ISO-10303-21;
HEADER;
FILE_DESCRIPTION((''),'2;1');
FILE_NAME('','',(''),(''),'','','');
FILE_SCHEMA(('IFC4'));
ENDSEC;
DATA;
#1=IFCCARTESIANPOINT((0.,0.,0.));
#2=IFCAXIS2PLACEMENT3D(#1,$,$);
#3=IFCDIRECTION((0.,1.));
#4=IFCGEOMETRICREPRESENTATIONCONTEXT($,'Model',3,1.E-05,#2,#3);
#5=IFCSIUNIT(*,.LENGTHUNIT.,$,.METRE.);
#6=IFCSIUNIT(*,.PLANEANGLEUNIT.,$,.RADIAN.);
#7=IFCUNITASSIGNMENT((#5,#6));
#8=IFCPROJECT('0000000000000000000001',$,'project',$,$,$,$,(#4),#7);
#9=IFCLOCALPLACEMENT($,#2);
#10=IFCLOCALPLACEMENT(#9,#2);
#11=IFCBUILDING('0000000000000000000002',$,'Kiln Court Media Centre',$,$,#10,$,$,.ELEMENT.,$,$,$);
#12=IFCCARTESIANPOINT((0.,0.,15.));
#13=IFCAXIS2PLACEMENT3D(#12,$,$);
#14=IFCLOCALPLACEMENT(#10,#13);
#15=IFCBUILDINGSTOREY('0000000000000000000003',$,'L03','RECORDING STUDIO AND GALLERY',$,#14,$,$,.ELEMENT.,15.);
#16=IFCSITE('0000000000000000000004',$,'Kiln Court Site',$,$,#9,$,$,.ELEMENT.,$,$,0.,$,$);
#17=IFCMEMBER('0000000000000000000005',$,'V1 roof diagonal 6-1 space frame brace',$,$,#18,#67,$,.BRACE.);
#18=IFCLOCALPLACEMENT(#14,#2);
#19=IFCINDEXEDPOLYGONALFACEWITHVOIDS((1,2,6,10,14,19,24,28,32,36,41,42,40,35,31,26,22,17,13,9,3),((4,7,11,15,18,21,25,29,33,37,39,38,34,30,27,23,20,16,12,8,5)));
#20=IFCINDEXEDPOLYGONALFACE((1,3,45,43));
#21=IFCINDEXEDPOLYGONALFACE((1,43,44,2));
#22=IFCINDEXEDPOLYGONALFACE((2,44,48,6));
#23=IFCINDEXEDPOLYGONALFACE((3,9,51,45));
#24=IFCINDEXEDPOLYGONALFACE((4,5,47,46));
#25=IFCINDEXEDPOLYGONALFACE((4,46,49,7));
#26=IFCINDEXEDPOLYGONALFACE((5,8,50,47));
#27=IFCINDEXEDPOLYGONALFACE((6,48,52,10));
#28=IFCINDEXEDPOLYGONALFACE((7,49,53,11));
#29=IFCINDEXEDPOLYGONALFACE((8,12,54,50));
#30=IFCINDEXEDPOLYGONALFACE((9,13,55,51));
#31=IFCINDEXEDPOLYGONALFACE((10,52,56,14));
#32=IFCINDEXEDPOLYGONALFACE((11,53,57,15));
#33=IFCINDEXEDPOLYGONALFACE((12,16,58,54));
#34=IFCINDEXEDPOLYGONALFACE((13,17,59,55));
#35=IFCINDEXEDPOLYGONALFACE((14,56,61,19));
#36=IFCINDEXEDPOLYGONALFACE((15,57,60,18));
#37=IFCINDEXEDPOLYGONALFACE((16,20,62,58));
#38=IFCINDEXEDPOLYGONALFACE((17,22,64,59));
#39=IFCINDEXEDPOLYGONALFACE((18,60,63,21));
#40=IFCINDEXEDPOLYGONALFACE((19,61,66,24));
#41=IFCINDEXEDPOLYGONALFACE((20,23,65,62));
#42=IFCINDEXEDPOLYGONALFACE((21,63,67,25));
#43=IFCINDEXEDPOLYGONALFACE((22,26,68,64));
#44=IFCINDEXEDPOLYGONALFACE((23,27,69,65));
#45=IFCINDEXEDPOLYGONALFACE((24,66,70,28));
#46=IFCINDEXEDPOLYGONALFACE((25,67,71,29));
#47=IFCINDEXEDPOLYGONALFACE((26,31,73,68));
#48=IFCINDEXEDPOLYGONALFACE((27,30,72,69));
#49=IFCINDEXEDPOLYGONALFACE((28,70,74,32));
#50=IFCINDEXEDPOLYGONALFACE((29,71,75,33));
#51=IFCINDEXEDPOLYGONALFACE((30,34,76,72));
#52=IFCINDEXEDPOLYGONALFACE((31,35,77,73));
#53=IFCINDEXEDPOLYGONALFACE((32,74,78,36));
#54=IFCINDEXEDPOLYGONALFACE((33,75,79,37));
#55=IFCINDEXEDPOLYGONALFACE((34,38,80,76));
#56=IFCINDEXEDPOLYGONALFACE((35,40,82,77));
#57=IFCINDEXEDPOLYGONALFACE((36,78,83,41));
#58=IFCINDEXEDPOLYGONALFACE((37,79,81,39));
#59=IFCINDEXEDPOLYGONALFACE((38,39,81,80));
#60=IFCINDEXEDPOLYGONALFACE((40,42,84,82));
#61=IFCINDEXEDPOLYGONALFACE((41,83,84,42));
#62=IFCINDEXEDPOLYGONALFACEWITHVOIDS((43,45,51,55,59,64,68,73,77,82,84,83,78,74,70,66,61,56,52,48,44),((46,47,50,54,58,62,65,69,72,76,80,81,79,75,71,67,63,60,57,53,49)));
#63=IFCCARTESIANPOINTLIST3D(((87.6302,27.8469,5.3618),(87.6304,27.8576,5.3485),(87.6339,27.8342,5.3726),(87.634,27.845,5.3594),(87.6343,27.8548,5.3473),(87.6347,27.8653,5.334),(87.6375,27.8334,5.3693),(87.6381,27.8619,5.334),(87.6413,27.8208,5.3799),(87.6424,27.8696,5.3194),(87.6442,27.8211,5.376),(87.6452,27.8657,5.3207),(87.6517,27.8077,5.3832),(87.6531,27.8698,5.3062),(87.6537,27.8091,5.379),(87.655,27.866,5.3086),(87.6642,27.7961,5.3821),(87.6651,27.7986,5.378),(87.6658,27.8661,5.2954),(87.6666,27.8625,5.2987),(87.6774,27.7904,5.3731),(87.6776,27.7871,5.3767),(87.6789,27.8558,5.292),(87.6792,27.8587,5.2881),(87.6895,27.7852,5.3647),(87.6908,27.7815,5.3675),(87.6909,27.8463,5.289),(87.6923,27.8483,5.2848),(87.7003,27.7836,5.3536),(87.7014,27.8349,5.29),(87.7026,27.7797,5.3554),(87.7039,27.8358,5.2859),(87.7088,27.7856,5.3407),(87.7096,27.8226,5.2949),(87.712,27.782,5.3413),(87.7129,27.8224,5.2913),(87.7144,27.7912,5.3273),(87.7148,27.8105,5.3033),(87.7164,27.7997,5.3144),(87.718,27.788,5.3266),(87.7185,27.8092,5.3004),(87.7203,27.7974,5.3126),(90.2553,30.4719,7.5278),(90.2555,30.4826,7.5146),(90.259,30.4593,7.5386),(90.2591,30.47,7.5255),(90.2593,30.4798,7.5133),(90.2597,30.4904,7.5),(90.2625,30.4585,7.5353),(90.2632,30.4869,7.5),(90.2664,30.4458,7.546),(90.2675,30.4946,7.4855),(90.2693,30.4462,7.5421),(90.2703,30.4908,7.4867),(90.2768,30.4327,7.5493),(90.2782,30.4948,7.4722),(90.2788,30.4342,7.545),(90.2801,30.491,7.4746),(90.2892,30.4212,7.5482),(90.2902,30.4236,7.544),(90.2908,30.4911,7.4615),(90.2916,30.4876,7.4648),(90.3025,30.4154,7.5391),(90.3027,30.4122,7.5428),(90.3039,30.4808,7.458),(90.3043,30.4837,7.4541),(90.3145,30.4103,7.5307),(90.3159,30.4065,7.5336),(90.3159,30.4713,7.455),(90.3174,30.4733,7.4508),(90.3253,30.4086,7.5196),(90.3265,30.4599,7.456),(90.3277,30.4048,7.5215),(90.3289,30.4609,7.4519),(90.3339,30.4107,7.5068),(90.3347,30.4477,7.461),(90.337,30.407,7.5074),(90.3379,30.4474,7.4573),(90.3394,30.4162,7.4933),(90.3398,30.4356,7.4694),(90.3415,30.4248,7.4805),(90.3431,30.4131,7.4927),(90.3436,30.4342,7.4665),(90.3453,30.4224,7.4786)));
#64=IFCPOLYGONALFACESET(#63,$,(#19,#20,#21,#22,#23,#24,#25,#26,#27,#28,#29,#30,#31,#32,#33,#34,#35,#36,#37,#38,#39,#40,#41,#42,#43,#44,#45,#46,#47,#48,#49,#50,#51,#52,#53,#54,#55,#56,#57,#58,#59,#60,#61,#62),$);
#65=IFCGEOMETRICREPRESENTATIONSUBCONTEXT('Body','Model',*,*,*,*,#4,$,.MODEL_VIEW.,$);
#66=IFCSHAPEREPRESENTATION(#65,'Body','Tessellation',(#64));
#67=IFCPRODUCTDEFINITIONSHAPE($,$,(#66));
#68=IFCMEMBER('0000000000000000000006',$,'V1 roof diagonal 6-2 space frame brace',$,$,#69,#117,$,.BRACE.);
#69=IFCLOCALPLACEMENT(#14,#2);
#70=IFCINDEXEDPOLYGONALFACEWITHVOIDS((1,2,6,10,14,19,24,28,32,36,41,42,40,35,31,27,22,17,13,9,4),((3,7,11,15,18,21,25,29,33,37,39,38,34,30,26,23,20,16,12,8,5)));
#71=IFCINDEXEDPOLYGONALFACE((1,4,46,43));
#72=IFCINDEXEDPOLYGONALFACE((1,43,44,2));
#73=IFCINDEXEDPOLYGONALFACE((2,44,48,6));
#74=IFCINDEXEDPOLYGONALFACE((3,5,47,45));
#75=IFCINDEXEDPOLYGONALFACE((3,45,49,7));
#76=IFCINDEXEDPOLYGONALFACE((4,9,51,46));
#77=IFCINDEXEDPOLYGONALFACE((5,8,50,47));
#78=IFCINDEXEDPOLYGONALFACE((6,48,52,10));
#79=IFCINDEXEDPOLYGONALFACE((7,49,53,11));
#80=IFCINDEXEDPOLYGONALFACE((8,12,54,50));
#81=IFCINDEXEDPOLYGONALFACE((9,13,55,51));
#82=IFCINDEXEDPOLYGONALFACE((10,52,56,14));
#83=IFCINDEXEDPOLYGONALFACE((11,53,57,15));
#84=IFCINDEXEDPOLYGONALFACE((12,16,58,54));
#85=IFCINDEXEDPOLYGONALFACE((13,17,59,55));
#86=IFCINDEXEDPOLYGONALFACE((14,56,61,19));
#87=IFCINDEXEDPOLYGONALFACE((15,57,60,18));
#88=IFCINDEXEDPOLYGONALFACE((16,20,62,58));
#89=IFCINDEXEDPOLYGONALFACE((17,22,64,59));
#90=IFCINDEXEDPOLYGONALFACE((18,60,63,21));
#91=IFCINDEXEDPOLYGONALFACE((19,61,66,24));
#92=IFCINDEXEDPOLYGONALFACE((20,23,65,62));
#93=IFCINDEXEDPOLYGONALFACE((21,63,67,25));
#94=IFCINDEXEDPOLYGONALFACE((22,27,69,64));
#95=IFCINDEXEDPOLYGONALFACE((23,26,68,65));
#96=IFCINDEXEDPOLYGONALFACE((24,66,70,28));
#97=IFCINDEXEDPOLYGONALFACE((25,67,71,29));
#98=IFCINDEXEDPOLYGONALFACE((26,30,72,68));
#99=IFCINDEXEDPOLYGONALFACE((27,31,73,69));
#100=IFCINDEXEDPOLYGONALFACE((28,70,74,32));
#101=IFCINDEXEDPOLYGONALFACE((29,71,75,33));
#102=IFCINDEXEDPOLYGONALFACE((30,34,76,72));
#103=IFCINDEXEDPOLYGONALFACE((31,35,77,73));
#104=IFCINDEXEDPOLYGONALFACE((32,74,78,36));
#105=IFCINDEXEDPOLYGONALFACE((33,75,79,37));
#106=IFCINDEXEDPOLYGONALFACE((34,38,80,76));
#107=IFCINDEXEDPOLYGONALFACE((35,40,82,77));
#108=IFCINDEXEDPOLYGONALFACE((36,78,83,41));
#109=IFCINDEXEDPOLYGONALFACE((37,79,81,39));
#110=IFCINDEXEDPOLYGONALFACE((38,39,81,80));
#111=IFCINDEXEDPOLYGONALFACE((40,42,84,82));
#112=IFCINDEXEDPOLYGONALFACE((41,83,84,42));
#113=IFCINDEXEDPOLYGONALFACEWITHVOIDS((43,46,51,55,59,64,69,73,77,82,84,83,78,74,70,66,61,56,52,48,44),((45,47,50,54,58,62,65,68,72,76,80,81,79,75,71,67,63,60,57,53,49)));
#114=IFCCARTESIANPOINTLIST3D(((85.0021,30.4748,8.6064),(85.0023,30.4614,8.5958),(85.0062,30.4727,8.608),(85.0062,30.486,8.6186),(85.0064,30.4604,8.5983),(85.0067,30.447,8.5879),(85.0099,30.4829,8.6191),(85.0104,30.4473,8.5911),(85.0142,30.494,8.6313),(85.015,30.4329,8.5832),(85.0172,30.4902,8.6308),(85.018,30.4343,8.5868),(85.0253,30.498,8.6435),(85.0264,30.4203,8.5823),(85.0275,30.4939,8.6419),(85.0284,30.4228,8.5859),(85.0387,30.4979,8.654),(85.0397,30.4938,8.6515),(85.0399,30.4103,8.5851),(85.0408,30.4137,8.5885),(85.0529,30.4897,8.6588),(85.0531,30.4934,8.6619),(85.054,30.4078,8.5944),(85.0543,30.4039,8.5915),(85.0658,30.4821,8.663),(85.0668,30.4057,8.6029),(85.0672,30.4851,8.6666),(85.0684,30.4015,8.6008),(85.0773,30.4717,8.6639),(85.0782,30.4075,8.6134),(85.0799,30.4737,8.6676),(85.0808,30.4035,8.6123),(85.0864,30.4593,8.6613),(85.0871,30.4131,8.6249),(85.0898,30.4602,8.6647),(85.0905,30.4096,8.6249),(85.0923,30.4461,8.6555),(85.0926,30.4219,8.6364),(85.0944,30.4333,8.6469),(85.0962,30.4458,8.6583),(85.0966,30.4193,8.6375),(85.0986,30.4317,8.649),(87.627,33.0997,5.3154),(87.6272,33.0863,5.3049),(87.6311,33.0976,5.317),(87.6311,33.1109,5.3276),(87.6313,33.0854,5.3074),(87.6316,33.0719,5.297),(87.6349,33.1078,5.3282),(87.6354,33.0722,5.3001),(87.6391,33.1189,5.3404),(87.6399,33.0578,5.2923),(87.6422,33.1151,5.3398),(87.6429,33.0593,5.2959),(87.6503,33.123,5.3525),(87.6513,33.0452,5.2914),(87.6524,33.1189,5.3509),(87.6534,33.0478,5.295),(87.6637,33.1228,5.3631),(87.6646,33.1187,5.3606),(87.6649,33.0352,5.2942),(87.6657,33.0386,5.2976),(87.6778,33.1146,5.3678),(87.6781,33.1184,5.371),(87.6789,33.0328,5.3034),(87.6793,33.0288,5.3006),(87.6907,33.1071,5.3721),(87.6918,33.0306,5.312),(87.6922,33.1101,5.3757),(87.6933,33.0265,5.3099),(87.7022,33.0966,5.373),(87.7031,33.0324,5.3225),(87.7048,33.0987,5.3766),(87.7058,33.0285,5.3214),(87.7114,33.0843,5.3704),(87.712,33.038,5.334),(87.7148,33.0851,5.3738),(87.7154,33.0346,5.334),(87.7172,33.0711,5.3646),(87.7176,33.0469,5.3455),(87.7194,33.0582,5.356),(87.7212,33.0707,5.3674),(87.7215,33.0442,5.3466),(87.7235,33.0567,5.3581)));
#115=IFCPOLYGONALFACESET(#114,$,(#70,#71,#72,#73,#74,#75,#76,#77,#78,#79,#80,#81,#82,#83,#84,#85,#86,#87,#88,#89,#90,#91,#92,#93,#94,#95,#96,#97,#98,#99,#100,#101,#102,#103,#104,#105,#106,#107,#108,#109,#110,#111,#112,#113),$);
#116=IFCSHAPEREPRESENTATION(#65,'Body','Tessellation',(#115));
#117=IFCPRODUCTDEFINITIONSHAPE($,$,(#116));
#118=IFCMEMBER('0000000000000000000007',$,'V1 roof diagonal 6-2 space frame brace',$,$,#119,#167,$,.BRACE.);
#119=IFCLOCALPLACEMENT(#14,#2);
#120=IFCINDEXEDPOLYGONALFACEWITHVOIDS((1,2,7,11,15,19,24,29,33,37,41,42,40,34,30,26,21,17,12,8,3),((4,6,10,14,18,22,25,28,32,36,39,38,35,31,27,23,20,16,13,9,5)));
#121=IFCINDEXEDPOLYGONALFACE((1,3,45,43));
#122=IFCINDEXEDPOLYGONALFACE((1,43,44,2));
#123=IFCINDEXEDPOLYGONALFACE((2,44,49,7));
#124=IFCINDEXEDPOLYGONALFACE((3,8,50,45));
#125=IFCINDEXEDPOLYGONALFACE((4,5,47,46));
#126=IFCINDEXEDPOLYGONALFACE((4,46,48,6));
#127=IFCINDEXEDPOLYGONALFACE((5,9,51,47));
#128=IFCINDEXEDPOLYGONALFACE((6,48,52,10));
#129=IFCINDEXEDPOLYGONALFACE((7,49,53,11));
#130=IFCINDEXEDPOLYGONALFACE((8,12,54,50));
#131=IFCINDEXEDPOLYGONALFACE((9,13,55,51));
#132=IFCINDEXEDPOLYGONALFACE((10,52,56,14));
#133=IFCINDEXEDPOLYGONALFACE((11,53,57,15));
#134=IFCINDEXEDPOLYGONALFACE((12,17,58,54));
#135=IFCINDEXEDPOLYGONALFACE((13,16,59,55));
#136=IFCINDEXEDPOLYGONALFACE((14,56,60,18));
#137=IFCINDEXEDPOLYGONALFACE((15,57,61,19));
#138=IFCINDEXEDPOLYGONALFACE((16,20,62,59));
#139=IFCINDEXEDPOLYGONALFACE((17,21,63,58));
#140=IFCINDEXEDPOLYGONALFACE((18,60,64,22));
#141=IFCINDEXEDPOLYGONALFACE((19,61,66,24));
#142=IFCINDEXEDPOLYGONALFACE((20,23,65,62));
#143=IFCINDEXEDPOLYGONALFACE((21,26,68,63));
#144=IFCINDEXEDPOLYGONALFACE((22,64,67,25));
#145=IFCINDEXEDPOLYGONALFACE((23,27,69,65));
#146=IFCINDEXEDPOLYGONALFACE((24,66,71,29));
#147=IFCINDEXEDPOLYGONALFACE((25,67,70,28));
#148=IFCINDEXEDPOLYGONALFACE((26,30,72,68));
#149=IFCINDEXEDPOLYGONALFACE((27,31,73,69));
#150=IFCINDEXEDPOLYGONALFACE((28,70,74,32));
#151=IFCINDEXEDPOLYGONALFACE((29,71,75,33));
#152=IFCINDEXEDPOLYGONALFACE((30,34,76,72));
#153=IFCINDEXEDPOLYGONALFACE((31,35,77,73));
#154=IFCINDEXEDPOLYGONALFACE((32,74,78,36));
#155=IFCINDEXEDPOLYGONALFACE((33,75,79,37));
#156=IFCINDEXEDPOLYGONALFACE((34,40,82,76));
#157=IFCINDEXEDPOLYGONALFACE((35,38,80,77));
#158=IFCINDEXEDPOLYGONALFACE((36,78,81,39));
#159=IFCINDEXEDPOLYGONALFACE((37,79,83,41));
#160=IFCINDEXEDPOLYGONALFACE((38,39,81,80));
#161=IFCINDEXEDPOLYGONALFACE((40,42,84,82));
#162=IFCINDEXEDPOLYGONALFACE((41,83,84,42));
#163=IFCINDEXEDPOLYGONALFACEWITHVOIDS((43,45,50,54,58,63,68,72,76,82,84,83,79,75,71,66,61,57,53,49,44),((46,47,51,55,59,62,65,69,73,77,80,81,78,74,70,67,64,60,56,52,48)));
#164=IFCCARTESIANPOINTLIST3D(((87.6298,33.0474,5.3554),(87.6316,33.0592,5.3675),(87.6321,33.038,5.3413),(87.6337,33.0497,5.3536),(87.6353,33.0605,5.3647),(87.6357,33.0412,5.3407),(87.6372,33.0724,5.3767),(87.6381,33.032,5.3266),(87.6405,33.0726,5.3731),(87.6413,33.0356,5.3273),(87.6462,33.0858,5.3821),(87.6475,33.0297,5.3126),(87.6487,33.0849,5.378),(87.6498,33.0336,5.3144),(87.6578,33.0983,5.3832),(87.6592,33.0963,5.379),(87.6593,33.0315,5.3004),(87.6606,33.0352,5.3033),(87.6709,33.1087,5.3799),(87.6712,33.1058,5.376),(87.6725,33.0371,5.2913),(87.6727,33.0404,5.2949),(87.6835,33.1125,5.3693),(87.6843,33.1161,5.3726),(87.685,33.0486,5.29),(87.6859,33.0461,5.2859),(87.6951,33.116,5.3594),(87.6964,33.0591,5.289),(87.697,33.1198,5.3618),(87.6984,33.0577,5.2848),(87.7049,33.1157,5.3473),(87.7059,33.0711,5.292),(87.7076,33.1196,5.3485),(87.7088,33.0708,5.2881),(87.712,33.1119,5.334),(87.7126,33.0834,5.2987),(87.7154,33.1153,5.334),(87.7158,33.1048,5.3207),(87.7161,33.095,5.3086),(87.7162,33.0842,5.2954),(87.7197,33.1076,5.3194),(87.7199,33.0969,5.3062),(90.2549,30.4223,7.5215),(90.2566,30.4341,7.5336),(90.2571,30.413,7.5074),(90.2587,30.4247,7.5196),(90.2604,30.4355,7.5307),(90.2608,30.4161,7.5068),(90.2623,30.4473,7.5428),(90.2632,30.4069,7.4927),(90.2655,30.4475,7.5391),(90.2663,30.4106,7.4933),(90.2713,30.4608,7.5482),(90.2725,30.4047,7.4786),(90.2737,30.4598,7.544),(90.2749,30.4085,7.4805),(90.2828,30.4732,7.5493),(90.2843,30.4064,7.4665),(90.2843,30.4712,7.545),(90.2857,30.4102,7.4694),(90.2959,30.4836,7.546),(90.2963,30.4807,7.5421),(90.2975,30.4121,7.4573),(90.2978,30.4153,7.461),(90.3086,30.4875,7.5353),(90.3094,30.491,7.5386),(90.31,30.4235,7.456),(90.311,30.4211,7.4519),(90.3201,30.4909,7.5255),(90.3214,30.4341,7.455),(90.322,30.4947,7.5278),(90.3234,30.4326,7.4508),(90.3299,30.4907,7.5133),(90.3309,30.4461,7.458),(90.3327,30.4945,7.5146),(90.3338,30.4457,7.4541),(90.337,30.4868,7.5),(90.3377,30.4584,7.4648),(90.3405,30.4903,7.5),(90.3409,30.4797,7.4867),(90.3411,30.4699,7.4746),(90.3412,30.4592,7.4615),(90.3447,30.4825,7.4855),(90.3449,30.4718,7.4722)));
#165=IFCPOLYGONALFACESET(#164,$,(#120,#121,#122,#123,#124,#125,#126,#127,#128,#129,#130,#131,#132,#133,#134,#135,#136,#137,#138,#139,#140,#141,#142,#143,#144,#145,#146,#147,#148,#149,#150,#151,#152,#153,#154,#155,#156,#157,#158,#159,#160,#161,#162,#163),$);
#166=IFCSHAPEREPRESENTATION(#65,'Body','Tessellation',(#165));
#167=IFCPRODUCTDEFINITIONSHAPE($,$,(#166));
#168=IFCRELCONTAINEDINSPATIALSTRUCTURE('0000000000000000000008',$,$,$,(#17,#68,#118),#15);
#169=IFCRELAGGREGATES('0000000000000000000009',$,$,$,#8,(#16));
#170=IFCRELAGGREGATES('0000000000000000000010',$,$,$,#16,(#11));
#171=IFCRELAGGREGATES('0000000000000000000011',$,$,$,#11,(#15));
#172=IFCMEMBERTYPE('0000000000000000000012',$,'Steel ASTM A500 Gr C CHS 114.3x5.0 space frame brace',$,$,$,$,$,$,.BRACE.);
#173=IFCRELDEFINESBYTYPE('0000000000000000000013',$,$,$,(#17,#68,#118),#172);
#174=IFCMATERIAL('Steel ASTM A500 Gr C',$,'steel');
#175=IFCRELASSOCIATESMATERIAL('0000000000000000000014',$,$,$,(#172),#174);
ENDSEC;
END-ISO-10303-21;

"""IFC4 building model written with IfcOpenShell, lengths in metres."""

from ifc_helpers import new_model, si_unit, direction, frame, origin, origin_2d, place, context, subcontext, project, spatial, hollow_circle, extrude, material, material_profile, profile_set, type_object, element, save


model = new_model("IFC4")

# Units and contexts
model_context = context("Model", 3, precision=1e-05, world=origin(), true_north=direction((0.0, 1.0)))
body_context = subcontext(model_context, "Body", "Model", "MODEL_VIEW")
ifc_project = project(units=[si_unit("LENGTHUNIT", "METRE"), si_unit("PLANEANGLEUNIT", "RADIAN")], contexts=[model_context])

# Site, building, storey
site_placement = place(None, origin())
site = spatial("IfcSite", under=ifc_project, at=site_placement, Name="Kiln Court Site", CompositionType="ELEMENT", RefElevation=0.0)
building_placement = place(site_placement, origin())
building = spatial("IfcBuilding", under=site, at=building_placement, Name="Kiln Court Media Centre", CompositionType="ELEMENT")
storey_placement = place(building_placement, frame((0.0, 0.0, 15.0)))
storey = spatial("IfcBuildingStorey", under=building, at=storey_placement, Name="L03", Description="RECORDING STUDIO AND GALLERY", CompositionType="ELEMENT", Elevation=15.0)

# Members
ifc_material_1 = material(Name="Steel ASTM A500 Gr C", Category="steel")
ifc_material_profile_1 = material_profile(ifc_material_1, hollow_circle(Radius=0.0571, WallThickness=0.0049, at=origin_2d()), Name="CHS 114.3x5.0")
ifc_profile_set_1 = profile_set([ifc_material_profile_1], Name="Steel ASTM A500 Gr C")
member_type_1 = type_object("IfcMemberType", Name="Steel ASTM A500 Gr C CHS 114.3x5.0 space frame brace", PredefinedType="BRACE", material=ifc_profile_set_1)
member_1_placement = place(storey_placement, frame((87.675, 27.825, 5.334), z_axis=(0.610748, 0.610748, 0.503958), x_axis=(-0.707107, 0.707107, 0.0)))
element("IfcMember", 1, at=member_1_placement, inside=storey, type_object=member_type_1, Name="V1 roof diagonal 6-1 space frame brace", PredefinedType="BRACE", context=body_context, shape_type="SweptSolid", body=[
    extrude(hollow_circle(Radius=0.0571, WallThickness=0.0049, at=origin_2d()), origin(), (0.0, 0.0, 1.0), 4.2981),
])
member_2_placement = place(storey_placement, frame((87.675, 33.075, 5.334), z_axis=(-0.529122, -0.529122, 0.663371), x_axis=(0.707107, -0.707107, 0.0)))
element("IfcMember", 2, at=member_2_placement, inside=storey, type_object=member_type_1, Name="V1 roof diagonal 6-2 space frame brace", PredefinedType="BRACE", context=body_context, shape_type="SweptSolid", body=[
    extrude(hollow_circle(Radius=0.0571, WallThickness=0.0049, at=origin_2d()), origin(), (0.0, 0.0, 1.0), 4.9609),
])
member_3_placement = place(storey_placement, frame((87.675, 33.075, 5.334), z_axis=(0.610748, -0.610748, 0.503958), x_axis=(0.707107, 0.707107, 0.0)))
element("IfcMember", 3, at=member_3_placement, inside=storey, type_object=member_type_1, Name="V1 roof diagonal 6-2 space frame brace", PredefinedType="BRACE", context=body_context, shape_type="SweptSolid", body=[
    extrude(hollow_circle(Radius=0.0571, WallThickness=0.0049, at=origin_2d()), origin(), (0.0, 0.0, 1.0), 4.2981),
])

save(model, "model.ifc")
